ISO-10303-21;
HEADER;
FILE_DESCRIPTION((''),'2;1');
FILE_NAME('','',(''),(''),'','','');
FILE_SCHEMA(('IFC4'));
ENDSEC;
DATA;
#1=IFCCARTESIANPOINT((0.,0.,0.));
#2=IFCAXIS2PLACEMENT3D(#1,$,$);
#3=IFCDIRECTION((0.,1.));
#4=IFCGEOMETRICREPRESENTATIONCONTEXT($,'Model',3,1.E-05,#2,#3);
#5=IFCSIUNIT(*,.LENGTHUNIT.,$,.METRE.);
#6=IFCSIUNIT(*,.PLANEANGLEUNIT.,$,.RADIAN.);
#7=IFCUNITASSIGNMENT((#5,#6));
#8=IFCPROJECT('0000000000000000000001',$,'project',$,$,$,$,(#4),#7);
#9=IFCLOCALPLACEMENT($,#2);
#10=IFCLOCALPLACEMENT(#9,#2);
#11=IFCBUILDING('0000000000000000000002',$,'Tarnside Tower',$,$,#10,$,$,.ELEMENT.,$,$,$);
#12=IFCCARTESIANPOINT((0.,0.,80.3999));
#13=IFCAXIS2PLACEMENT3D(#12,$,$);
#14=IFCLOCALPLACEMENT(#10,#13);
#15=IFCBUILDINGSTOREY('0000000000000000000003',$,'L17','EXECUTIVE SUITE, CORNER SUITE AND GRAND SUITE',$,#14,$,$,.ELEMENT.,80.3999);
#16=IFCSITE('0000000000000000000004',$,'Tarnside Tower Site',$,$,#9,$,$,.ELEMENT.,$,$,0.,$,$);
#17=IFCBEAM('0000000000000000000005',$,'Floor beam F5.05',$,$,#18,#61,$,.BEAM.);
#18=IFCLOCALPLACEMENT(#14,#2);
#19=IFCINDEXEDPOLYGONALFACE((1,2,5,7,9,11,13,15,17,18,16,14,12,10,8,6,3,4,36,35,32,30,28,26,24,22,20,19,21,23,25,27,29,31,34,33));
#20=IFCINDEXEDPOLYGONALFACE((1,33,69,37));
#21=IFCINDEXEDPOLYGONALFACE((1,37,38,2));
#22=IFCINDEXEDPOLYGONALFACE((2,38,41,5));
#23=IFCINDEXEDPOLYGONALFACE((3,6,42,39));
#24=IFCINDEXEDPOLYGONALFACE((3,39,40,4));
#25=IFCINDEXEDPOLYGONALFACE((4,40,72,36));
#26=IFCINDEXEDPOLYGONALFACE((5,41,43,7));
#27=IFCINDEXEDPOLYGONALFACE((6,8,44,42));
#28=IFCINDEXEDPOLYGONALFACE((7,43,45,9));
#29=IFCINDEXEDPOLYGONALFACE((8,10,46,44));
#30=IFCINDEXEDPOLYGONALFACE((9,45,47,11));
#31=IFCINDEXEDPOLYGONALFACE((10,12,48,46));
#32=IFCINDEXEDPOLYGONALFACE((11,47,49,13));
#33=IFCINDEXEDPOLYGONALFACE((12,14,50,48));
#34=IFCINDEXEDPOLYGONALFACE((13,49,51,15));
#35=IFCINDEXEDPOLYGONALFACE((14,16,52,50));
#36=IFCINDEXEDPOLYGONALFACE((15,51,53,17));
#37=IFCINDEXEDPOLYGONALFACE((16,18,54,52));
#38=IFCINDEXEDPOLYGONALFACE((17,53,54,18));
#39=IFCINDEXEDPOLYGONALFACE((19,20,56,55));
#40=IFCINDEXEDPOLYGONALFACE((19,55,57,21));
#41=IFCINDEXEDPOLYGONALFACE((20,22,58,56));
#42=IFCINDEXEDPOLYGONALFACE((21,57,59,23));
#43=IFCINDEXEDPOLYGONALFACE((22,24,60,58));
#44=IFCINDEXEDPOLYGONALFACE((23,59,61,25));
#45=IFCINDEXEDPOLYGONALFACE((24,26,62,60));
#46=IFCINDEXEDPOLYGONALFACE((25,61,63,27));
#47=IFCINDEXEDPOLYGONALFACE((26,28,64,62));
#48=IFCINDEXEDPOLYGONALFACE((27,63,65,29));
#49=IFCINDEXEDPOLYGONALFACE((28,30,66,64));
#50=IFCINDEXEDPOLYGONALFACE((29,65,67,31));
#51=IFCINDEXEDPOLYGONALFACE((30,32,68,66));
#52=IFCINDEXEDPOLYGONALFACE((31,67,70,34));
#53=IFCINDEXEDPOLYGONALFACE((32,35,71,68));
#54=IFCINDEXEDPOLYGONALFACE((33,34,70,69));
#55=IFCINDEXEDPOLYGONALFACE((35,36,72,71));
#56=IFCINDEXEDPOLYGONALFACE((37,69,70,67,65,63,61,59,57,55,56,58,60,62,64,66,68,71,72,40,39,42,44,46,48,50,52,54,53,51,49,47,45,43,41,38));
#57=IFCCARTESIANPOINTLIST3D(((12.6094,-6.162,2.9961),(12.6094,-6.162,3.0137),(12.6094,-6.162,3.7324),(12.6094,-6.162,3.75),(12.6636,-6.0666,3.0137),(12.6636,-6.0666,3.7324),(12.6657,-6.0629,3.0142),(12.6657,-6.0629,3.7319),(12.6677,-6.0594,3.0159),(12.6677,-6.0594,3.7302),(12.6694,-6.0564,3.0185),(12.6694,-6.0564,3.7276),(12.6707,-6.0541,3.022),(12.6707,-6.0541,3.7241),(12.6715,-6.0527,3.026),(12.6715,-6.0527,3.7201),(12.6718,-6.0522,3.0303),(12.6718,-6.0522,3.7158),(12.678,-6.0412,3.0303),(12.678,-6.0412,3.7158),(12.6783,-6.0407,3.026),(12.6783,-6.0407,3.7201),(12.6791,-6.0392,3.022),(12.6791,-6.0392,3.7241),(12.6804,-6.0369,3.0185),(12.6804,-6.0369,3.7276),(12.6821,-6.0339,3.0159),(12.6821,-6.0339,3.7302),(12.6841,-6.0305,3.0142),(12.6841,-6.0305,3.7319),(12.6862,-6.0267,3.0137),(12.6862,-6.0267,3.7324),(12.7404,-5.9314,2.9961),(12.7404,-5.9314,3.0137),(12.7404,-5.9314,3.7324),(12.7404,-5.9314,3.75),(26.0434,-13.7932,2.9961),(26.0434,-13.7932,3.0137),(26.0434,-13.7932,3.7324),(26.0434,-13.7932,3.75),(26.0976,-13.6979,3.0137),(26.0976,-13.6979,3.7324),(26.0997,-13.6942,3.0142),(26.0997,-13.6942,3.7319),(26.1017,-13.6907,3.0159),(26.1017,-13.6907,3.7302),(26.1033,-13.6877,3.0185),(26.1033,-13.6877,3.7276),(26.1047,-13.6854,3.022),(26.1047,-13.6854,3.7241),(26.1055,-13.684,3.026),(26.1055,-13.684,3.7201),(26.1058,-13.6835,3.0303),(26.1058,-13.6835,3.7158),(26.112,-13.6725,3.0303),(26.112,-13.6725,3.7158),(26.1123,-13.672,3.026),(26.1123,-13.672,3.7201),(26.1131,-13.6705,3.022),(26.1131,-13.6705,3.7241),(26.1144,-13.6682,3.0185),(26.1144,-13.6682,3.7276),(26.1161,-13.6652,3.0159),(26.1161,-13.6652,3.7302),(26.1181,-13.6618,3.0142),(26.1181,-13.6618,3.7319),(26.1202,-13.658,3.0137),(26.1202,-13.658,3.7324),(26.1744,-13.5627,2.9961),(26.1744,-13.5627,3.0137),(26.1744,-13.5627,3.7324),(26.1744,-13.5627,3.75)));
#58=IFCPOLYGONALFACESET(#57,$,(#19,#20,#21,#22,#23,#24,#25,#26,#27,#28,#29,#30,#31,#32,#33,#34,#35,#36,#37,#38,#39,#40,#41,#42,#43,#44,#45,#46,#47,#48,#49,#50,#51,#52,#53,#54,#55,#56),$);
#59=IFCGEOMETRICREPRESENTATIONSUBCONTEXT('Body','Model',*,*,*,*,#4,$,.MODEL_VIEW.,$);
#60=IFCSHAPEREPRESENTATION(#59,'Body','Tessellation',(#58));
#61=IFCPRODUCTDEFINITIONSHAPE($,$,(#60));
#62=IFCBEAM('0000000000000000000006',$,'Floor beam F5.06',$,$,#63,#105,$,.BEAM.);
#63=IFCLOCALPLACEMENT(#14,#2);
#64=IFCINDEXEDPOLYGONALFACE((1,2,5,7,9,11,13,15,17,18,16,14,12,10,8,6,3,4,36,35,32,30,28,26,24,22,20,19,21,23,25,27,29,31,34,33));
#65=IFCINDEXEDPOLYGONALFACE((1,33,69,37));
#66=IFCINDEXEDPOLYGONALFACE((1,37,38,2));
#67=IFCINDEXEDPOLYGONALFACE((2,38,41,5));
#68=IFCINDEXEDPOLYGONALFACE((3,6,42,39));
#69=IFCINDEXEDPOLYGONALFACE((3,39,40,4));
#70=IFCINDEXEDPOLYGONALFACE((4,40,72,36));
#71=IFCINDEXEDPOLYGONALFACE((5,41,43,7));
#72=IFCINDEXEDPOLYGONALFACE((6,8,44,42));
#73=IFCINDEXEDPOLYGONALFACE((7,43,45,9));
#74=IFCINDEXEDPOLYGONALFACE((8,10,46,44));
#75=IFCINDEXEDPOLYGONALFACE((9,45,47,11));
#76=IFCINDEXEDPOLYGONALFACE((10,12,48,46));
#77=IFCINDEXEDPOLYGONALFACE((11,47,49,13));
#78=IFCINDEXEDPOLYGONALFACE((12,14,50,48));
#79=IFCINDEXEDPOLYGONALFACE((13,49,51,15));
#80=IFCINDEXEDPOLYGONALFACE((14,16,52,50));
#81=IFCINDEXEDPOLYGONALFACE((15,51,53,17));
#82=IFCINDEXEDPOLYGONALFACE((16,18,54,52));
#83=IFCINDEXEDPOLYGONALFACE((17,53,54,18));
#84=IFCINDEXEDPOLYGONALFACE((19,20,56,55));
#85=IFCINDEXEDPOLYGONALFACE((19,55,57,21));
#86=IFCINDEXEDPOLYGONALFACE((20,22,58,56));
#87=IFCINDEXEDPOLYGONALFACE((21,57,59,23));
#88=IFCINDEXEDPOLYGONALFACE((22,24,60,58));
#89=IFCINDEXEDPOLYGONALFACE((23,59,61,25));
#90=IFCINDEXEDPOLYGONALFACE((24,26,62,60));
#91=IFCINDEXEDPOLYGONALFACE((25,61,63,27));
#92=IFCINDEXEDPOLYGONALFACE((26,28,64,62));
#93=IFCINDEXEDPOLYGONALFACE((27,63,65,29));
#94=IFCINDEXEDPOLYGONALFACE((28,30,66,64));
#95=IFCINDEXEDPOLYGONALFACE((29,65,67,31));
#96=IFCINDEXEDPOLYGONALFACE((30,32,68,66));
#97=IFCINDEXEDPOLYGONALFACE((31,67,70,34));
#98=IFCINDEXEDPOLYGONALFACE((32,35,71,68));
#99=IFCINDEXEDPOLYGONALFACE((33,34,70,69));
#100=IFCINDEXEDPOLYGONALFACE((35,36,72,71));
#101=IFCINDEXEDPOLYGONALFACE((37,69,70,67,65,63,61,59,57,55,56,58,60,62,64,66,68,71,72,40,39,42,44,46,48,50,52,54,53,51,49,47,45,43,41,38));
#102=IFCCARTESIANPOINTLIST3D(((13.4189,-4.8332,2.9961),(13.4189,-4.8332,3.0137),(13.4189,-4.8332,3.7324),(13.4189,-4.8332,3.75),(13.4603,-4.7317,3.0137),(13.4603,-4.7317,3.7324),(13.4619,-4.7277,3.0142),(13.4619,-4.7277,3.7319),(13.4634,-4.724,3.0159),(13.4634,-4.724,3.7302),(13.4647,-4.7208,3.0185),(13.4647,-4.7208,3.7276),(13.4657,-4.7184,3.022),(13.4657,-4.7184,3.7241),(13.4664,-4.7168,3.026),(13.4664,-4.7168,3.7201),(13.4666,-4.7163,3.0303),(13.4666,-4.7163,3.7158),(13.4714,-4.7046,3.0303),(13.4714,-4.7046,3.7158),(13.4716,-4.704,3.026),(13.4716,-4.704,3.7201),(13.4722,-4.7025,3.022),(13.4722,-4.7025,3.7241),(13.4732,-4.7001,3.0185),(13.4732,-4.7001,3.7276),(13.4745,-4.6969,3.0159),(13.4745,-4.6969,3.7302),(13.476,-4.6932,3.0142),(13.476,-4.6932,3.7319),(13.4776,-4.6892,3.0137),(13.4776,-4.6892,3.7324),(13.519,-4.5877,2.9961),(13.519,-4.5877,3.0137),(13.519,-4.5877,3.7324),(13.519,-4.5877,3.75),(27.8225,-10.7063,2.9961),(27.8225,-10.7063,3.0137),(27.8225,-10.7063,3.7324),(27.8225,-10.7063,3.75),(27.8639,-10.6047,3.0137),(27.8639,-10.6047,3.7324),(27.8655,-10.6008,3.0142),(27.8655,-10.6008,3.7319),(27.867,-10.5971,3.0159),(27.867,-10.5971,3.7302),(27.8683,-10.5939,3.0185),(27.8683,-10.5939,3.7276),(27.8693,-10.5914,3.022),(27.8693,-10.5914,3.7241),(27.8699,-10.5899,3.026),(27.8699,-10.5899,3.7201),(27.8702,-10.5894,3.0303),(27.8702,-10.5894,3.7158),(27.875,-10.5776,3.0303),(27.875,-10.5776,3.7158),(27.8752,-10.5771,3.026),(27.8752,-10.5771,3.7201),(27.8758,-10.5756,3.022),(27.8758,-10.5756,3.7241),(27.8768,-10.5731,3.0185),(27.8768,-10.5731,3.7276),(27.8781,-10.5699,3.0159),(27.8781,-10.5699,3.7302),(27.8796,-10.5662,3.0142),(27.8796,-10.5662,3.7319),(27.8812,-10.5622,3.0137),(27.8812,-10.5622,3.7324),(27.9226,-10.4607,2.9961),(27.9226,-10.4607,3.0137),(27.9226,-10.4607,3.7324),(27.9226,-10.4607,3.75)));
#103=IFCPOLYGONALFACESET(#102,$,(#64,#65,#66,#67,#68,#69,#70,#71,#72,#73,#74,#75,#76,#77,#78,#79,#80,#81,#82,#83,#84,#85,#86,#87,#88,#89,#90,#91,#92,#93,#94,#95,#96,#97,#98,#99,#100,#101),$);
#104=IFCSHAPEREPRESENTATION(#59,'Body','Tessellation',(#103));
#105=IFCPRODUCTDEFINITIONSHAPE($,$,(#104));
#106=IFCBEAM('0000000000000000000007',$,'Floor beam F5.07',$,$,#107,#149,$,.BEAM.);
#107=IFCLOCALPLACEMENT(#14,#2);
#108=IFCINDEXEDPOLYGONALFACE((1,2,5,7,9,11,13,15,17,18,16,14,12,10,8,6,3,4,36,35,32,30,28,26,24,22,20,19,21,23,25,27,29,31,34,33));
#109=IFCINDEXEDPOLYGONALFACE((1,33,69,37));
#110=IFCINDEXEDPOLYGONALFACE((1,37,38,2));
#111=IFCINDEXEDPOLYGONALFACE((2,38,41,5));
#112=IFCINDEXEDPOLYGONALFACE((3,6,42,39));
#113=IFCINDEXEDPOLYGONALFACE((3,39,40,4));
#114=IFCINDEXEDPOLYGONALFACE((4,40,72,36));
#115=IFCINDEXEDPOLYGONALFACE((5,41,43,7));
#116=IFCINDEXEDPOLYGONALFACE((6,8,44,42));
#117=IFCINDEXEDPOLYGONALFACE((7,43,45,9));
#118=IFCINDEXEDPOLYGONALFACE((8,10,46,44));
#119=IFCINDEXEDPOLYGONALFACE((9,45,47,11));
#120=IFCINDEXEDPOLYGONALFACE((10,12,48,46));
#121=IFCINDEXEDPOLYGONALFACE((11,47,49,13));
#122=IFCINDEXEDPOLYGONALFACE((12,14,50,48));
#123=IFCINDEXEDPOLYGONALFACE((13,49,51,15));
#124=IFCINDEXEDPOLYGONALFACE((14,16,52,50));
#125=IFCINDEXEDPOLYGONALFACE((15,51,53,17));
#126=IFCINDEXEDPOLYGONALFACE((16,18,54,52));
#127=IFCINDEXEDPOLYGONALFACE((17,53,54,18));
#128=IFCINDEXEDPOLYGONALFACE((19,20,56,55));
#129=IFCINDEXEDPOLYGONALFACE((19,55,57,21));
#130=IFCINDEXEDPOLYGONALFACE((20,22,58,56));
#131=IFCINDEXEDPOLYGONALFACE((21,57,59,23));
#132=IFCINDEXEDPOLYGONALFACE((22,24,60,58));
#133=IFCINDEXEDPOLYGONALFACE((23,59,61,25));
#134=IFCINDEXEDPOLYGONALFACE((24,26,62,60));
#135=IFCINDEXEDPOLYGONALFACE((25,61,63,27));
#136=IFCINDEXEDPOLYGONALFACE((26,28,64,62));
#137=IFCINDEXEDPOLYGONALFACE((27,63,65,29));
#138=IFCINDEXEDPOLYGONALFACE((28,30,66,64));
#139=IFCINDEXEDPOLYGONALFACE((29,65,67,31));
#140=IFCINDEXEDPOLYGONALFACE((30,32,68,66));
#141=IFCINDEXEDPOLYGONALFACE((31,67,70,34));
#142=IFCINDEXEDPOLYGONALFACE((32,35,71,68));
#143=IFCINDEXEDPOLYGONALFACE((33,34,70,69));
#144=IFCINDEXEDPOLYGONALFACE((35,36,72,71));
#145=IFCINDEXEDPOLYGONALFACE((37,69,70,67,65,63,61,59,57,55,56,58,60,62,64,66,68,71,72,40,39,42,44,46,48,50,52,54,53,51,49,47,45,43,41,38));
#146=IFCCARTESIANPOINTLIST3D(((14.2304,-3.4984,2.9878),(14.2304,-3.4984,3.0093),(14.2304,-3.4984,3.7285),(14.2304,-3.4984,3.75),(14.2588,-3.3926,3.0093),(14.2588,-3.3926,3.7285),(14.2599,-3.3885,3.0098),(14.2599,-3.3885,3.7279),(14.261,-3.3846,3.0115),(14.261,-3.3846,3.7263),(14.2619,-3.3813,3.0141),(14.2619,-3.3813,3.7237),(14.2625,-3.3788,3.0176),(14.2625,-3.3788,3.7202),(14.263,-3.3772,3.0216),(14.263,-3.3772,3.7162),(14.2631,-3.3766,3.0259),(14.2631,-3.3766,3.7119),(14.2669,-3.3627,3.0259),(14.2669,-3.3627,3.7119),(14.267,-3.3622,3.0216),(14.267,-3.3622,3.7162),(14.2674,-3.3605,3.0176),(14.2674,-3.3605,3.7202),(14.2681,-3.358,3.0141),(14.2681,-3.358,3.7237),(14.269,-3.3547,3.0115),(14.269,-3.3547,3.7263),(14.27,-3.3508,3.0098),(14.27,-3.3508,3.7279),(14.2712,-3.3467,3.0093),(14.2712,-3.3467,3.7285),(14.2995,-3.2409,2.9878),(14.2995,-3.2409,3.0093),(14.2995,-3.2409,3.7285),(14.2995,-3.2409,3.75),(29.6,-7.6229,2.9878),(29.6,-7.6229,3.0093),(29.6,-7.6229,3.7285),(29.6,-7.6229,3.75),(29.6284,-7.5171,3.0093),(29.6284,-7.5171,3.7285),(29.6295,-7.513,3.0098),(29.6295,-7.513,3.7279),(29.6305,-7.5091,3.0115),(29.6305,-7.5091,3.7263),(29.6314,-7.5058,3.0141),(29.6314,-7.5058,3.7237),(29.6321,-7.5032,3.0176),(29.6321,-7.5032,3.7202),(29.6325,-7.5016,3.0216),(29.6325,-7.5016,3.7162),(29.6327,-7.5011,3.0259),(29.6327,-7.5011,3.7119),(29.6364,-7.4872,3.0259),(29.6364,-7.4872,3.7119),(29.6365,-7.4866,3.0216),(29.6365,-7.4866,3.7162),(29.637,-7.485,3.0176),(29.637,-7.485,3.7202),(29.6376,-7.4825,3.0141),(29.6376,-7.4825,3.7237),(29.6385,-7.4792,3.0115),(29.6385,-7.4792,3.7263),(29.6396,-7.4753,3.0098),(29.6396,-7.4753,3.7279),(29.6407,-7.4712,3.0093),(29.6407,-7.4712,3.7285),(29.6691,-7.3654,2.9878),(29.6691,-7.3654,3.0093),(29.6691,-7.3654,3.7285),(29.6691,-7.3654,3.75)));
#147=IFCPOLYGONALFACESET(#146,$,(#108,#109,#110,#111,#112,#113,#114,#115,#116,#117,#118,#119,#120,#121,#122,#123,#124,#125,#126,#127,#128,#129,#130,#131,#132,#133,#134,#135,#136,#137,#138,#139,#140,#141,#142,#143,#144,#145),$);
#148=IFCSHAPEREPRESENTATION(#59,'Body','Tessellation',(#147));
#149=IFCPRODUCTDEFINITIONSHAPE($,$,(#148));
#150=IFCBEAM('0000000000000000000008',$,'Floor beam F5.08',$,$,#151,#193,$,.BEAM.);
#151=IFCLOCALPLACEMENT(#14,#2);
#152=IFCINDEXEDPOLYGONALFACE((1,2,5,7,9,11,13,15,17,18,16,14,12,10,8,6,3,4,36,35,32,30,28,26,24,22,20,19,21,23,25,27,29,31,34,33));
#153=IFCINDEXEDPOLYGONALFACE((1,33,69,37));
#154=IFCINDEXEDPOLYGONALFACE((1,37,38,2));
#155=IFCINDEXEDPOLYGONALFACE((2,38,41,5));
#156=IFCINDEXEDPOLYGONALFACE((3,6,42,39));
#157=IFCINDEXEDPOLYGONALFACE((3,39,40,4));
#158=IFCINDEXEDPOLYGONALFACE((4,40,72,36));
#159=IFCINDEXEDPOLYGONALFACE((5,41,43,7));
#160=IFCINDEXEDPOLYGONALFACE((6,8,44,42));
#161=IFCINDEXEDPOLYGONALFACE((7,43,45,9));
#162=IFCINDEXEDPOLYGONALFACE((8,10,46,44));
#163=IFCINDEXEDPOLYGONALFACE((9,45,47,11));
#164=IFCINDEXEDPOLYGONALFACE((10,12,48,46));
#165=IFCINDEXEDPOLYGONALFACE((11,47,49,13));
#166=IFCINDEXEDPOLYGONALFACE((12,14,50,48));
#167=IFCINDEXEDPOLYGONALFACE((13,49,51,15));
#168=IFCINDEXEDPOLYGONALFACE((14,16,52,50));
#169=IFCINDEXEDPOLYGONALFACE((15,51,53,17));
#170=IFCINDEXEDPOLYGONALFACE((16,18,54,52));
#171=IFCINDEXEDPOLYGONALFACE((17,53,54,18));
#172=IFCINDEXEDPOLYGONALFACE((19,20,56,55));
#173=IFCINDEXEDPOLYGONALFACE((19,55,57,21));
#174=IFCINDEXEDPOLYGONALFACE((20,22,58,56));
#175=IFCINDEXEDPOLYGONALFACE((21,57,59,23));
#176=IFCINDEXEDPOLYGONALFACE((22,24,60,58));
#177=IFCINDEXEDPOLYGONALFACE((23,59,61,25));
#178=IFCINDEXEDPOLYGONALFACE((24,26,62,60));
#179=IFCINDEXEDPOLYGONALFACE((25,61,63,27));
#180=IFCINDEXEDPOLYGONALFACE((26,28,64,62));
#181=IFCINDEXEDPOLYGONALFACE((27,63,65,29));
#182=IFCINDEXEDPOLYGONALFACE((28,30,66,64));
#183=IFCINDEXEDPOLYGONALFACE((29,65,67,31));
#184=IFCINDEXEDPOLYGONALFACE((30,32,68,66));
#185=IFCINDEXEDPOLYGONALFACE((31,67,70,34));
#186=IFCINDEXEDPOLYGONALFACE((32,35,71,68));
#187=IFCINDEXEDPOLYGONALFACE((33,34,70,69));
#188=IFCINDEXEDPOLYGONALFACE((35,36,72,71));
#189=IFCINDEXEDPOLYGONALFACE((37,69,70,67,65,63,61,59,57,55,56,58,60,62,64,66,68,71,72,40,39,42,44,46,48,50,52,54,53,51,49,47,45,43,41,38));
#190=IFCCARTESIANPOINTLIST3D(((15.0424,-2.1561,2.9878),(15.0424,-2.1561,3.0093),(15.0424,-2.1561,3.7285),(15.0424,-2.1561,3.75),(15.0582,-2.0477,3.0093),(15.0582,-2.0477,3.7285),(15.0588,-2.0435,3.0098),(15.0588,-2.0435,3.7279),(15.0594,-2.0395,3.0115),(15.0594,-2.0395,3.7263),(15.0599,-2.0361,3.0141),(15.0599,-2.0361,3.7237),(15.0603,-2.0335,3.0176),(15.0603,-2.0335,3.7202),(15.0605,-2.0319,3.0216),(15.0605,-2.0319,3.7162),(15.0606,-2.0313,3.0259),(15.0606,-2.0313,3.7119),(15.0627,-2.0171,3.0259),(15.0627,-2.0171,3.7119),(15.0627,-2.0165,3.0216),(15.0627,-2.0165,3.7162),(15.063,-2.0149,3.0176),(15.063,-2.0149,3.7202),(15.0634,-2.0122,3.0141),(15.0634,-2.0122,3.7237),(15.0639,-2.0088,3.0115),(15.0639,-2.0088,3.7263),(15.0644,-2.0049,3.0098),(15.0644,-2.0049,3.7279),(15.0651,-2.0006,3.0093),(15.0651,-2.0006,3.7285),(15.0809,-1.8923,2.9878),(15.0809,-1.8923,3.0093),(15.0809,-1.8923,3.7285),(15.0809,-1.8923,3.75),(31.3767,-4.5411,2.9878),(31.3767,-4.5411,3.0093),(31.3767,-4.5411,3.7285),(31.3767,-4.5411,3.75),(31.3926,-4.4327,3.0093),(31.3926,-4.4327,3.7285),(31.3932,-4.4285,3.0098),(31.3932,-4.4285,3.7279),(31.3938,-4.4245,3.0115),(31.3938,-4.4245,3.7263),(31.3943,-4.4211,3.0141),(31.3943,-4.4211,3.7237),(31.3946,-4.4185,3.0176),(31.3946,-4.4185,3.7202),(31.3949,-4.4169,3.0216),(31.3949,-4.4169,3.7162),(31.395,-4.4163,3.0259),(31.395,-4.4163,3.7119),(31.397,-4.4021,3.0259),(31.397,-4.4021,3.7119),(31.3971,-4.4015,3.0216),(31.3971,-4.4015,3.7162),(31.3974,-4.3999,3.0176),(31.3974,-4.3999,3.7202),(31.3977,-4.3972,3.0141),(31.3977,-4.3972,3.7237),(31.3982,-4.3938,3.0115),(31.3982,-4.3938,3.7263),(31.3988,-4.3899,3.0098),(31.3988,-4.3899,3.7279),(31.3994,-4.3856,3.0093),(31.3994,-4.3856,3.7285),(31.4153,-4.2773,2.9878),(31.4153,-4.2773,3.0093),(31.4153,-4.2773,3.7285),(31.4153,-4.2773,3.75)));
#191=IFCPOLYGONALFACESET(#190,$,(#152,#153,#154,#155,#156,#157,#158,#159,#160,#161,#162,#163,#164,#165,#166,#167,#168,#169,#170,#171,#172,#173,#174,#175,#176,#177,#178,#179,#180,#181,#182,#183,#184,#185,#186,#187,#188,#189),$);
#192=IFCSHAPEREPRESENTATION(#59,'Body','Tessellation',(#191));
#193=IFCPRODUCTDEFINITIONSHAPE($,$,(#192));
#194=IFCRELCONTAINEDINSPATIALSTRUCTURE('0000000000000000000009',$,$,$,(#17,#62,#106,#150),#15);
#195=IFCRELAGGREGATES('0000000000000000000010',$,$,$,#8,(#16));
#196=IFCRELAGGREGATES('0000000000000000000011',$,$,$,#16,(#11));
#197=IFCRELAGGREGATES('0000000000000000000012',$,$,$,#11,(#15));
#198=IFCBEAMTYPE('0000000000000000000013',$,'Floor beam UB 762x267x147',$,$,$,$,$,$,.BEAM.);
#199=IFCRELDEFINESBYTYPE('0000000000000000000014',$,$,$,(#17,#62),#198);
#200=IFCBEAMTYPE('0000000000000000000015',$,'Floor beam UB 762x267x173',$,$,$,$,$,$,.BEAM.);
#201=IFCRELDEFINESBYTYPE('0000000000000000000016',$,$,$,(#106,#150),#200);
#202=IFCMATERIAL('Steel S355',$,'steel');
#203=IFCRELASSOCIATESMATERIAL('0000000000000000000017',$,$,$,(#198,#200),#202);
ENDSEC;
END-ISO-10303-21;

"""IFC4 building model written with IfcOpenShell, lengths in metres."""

from ifc_helpers import new_model, si_unit, direction, frame, origin, origin_2d, place, context, subcontext, project, spatial, i_section, extrude, material, material_profile, profile_set, type_object, element, save


model = new_model("IFC4")

# Units and contexts
model_context = context("Model", 3, precision=1e-05, world=origin(), true_north=direction((0.0, 1.0)))
body_context = subcontext(model_context, "Body", "Model", "MODEL_VIEW")
ifc_project = project(units=[si_unit("LENGTHUNIT", "METRE"), si_unit("PLANEANGLEUNIT", "RADIAN")], contexts=[model_context])

# Site, building, storey
site_placement = place(None, origin())
site = spatial("IfcSite", under=ifc_project, at=site_placement, Name="Tarnside Tower Site", CompositionType="ELEMENT", RefElevation=0.0)
building_placement = place(site_placement, origin())
building = spatial("IfcBuilding", under=site, at=building_placement, Name="Tarnside Tower", CompositionType="ELEMENT")
storey_placement = place(building_placement, frame((0.0, 0.0, 80.3999)))
storey = spatial("IfcBuildingStorey", under=building, at=storey_placement, Name="L17", Description="EXECUTIVE SUITE, CORNER SUITE AND GRAND SUITE", CompositionType="ELEMENT", Elevation=80.3999)

# Beams
ifc_material_1 = material(Name="Steel S355", Category="steel")
ifc_material_profile_1 = material_profile(ifc_material_1, i_section(OverallWidth=0.2651, OverallDepth=0.7539, WebThickness=0.0127, FlangeThickness=0.0176, FilletRadius=0.0166, at=origin_2d()), Name="UB 762x267x147")
ifc_profile_set_1 = profile_set([ifc_material_profile_1], Name="Steel S355")
beam_type_1 = type_object("IfcBeamType", Name="Floor beam UB 762x267x147", PredefinedType="BEAM", material=ifc_profile_set_1)
beam_1_placement = place(storey_placement, frame((26.1089, -13.678, 3.373), z_axis=(-0.869503, 0.493929, 0.0), x_axis=(-0.493929, -0.869503, 0.0)))
element("IfcBeam", 1, at=beam_1_placement, inside=storey, type_object=beam_type_1, Name="Floor beam F5.05", PredefinedType="BEAM", context=body_context, shape_type="SweptSolid", body=[
    extrude(i_section(OverallWidth=0.2651, OverallDepth=0.7539, WebThickness=0.0127, FlangeThickness=0.0176, FilletRadius=0.0166, at=origin_2d()), origin(), (0.0, 0.0, 1.0), 15.4502),
])
beam_2_placement = place(storey_placement, frame((27.8726, -10.5835, 3.373), z_axis=(-0.925982, 0.377569, 0.0), x_axis=(-0.377569, -0.925982, 0.0)))
element("IfcBeam", 2, at=beam_2_placement, inside=storey, type_object=beam_type_1, Name="Floor beam F5.06", PredefinedType="BEAM", context=body_context, shape_type="SweptSolid", body=[
    extrude(i_section(OverallWidth=0.2651, OverallDepth=0.7539, WebThickness=0.0127, FlangeThickness=0.0176, FilletRadius=0.0166, at=origin_2d()), origin(), (0.0, 0.0, 1.0), 15.5549),
])
ifc_material_profile_2 = material_profile(ifc_material_1, i_section(OverallWidth=0.2666, OverallDepth=0.7622, WebThickness=0.0144, FlangeThickness=0.0215, FilletRadius=0.0166, at=origin_2d()), Name="UB 762x267x173")
ifc_profile_set_2 = profile_set([ifc_material_profile_2], Name="Steel S355")
beam_type_2 = type_object("IfcBeamType", Name="Floor beam UB 762x267x173", PredefinedType="BEAM", material=ifc_profile_set_2)
beam_3_placement = place(storey_placement, frame((29.6345, -7.4941, 3.3689), z_axis=(-0.965828, 0.259184, 0.0), x_axis=(-0.259184, -0.965828, 0.0)))
element("IfcBeam", 3, at=beam_3_placement, inside=storey, type_object=beam_type_2, Name="Floor beam F5.07", PredefinedType="BEAM", context=body_context, shape_type="SweptSolid", body=[
    extrude(i_section(OverallWidth=0.2666, OverallDepth=0.7622, WebThickness=0.0144, FlangeThickness=0.0215, FilletRadius=0.0166, at=origin_2d()), origin(), (0.0, 0.0, 1.0), 15.9133),
])
beam_4_placement = place(storey_placement, frame((31.396, -4.4092, 3.3689), z_axis=(-0.989508, 0.144479, 0.0), x_axis=(-0.144479, -0.989508, 0.0)))
element("IfcBeam", 4, at=beam_4_placement, inside=storey, type_object=beam_type_2, Name="Floor beam F5.08", PredefinedType="BEAM", context=body_context, shape_type="SweptSolid", body=[
    extrude(i_section(OverallWidth=0.2666, OverallDepth=0.7622, WebThickness=0.0144, FlangeThickness=0.0215, FilletRadius=0.0166, at=origin_2d()), origin(), (0.0, 0.0, 1.0), 16.5076),
])

save(model, "model.ifc")
